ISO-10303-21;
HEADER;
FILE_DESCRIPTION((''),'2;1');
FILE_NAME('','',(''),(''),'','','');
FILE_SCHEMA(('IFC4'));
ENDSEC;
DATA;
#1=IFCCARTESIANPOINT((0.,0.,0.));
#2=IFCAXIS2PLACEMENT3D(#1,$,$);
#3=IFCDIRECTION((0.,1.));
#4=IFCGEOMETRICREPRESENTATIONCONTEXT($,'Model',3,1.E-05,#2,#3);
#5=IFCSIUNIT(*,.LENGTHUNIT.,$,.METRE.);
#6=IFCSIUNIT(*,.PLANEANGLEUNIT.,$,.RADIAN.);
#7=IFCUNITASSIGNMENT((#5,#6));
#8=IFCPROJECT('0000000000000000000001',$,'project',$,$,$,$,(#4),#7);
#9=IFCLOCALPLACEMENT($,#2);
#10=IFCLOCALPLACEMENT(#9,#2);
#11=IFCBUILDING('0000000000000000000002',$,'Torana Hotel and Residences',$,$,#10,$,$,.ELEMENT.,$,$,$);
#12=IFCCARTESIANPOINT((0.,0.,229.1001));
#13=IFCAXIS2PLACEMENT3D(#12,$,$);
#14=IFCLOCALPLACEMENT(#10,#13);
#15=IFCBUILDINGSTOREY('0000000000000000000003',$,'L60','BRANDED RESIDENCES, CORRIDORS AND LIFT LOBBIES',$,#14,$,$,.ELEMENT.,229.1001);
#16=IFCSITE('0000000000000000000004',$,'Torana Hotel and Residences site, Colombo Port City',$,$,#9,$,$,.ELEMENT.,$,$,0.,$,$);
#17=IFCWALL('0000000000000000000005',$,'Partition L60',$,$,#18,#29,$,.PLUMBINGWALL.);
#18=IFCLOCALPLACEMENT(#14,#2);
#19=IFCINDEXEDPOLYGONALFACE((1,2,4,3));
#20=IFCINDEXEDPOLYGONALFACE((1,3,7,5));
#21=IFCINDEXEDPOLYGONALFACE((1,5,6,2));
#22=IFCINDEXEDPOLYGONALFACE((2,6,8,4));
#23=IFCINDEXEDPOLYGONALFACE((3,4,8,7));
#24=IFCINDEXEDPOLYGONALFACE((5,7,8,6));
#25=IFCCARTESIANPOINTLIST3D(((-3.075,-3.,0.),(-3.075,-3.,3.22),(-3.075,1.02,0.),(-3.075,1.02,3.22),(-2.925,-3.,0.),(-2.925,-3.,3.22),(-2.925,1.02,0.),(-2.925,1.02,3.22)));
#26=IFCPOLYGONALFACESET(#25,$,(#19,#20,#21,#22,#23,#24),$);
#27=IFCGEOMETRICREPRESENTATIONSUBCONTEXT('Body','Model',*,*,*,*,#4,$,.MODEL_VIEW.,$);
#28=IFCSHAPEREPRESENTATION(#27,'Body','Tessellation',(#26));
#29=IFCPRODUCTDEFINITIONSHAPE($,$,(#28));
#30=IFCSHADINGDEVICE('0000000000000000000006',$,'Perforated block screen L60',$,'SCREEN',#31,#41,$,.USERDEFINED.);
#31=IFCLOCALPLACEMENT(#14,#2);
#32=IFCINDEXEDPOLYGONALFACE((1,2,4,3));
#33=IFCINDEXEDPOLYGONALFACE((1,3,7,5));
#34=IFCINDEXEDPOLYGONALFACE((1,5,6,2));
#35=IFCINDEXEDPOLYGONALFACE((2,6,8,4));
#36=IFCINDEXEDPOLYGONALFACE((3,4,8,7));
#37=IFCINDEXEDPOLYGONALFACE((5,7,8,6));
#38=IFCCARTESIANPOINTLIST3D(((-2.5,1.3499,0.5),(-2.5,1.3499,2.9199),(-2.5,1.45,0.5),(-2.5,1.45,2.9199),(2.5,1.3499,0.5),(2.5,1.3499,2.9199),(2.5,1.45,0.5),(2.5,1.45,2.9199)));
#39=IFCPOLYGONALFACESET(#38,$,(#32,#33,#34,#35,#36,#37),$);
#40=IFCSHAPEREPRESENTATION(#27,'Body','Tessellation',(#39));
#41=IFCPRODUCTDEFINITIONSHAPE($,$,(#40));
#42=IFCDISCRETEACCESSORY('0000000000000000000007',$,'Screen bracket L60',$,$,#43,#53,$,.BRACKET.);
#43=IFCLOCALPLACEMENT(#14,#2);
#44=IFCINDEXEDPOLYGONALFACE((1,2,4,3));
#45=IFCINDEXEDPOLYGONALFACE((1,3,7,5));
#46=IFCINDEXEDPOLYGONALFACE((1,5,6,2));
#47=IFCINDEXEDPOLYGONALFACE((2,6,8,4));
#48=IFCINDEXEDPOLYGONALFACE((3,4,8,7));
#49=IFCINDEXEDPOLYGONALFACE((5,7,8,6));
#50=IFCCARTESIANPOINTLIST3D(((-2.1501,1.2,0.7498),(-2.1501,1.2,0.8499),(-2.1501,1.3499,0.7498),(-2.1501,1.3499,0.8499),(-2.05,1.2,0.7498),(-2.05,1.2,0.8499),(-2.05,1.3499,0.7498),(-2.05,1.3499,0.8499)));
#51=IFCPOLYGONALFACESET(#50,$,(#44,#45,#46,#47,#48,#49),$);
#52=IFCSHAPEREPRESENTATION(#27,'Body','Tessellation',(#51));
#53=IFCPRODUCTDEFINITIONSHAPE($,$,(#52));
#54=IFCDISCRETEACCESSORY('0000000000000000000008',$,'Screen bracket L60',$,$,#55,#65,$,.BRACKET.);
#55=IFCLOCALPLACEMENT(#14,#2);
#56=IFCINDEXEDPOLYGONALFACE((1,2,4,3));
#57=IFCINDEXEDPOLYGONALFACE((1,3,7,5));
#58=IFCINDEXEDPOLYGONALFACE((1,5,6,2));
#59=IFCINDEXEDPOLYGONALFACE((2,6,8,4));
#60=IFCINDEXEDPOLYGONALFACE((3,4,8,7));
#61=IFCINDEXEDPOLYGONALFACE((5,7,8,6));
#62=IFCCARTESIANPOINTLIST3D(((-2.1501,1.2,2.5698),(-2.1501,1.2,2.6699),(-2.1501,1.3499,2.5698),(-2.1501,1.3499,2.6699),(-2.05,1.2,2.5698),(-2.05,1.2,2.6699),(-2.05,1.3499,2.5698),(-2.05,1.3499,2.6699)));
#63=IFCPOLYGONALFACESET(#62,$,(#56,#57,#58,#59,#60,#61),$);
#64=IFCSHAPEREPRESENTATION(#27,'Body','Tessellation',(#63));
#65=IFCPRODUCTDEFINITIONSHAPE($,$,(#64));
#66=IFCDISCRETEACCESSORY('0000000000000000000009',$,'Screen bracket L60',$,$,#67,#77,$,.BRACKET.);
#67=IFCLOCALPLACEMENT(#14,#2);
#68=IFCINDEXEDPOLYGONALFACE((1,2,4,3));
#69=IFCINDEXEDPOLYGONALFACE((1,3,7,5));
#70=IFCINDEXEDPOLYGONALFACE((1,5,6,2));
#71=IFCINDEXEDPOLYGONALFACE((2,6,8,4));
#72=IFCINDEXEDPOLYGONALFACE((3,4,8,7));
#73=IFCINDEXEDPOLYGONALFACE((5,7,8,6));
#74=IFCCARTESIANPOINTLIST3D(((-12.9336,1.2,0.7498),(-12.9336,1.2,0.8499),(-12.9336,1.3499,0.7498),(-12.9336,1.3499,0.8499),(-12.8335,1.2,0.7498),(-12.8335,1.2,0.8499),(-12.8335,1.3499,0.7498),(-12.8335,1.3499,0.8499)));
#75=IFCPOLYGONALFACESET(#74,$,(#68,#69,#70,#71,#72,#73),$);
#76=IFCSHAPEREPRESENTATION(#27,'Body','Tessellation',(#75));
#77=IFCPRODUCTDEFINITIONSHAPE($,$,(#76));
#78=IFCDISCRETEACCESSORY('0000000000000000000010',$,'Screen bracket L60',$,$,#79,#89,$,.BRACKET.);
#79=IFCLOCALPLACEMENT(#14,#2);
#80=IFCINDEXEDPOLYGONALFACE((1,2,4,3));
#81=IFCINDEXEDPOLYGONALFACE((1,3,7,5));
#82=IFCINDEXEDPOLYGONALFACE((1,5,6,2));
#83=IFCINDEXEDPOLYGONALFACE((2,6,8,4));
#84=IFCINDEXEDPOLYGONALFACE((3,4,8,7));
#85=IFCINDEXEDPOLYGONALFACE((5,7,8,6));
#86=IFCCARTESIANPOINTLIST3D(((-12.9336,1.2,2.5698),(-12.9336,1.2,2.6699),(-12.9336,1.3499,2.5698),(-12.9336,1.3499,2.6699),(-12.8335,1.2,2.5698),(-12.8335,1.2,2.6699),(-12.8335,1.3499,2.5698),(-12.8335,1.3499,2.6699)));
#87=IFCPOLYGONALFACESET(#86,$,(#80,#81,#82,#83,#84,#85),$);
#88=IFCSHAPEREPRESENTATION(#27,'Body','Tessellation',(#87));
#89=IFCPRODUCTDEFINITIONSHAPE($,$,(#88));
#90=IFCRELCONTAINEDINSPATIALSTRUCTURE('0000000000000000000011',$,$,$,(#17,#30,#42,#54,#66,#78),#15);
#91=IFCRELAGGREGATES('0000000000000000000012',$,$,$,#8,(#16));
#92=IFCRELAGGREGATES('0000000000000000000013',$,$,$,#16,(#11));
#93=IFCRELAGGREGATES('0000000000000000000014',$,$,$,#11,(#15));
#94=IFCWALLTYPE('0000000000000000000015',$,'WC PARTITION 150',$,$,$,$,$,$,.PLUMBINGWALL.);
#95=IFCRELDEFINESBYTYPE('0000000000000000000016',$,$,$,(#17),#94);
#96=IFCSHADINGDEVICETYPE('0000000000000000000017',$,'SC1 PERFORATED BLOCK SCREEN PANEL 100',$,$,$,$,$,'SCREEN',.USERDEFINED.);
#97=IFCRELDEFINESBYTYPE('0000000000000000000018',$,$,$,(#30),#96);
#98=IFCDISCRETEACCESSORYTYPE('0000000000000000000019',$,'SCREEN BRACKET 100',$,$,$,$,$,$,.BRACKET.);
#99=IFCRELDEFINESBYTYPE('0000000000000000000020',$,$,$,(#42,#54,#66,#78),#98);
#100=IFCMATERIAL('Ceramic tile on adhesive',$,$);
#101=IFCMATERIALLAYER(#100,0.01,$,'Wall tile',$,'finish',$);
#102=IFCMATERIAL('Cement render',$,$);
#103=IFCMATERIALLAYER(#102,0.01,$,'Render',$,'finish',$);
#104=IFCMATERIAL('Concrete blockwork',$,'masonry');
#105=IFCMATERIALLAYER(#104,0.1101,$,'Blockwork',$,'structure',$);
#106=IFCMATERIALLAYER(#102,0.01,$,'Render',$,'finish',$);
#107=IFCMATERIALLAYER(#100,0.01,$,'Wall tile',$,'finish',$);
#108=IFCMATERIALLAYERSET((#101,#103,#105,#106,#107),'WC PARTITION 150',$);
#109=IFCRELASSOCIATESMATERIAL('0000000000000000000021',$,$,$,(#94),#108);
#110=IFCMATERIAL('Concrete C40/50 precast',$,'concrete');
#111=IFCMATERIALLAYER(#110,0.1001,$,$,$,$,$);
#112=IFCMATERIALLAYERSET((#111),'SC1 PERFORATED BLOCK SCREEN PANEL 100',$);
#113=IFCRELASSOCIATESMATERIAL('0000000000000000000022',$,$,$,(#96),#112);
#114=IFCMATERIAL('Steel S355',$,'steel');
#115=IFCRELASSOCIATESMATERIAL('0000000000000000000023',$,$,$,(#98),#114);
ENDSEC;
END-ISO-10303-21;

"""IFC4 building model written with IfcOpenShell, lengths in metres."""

from ifc_helpers import new_model, si_unit, direction, frame, frame_2d, origin, origin_2d, place, context, subcontext, project, spatial, rectangle, extrude, material, layer, layer_set, type_object, element, save


model = new_model("IFC4")

# Units and contexts
model_context = context("Model", 3, precision=1e-05, world=origin(), true_north=direction((0.0, 1.0)))
body_context = subcontext(model_context, "Body", "Model", "MODEL_VIEW")
ifc_project = project(units=[si_unit("LENGTHUNIT", "METRE"), si_unit("PLANEANGLEUNIT", "RADIAN")], contexts=[model_context])

# Site, building, storey
site_placement = place(None, origin())
site = spatial("IfcSite", under=ifc_project, at=site_placement, Name="Torana Hotel and Residences site, Colombo Port City", CompositionType="ELEMENT", RefElevation=0.0)
building_placement = place(site_placement, origin())
building = spatial("IfcBuilding", under=site, at=building_placement, Name="Torana Hotel and Residences", CompositionType="ELEMENT")
storey_placement = place(building_placement, frame((0.0, 0.0, 229.1001)))
storey = spatial("IfcBuildingStorey", under=building, at=storey_placement, Name="L60", Description="BRANDED RESIDENCES, CORRIDORS AND LIFT LOBBIES", CompositionType="ELEMENT", Elevation=229.1001)

# Wall
ifc_material_1 = material(Name="Ceramic tile on adhesive")
ifc_layer_1 = layer(ifc_material_1, 0.01, Name="Wall tile", Category="finish")
ifc_material_2 = material(Name="Cement render")
ifc_layer_2 = layer(ifc_material_2, 0.01, Name="Render", Category="finish")
ifc_material_3 = material(Name="Concrete blockwork", Category="masonry")
ifc_layer_3 = layer(ifc_material_3, 0.1101, Name="Blockwork", Category="structure")
ifc_layer_4 = layer(ifc_material_2, 0.01, Name="Render", Category="finish")
ifc_layer_5 = layer(ifc_material_1, 0.01, Name="Wall tile", Category="finish")
ifc_layer_set_1 = layer_set([ifc_layer_1, ifc_layer_2, ifc_layer_3, ifc_layer_4, ifc_layer_5], Name="WC PARTITION 150")
wall_type_1 = type_object("IfcWallType", Name="WC PARTITION 150", PredefinedType="PLUMBINGWALL", material=ifc_layer_set_1)
for number, where, z_axis, x_axis, name in (
    (1, (-3.0, -3.0, 0.0), (0.0, 0.0, 1.0), (0.0, 1.0, 0.0), "Partition L60"),
):
    element("IfcWall", number, at=place(storey_placement, frame(where, z_axis=z_axis, x_axis=x_axis)), inside=storey, type_object=wall_type_1, Name=name, PredefinedType="PLUMBINGWALL", context=body_context, shape_type="SweptSolid", body=[
        extrude(rectangle(XDim=4.02, YDim=0.1499, at=frame_2d((2.01, 0.0))), origin(), (0.0, 0.0, 1.0), 3.22),
    ])

# Shading device
ifc_material_4 = material(Name="Concrete C40/50 precast", Category="concrete")
ifc_layer_6 = layer(ifc_material_4, 0.1001)
ifc_layer_set_2 = layer_set([ifc_layer_6], Name="SC1 PERFORATED BLOCK SCREEN PANEL 100")
shading_device_type = type_object("IfcShadingDeviceType", Name="SC1 PERFORATED BLOCK SCREEN PANEL 100", ElementType="SCREEN", PredefinedType="USERDEFINED", material=ifc_layer_set_2)
shading_device_placement = place(storey_placement, frame((0.0, 1.3999, 0.5), z_axis=(0.0, 0.0, 1.0), x_axis=(-1.0, 0.0, 0.0)))
element("IfcShadingDevice", 2, at=shading_device_placement, inside=storey, type_object=shading_device_type, Name="Perforated block screen L60", ObjectType="SCREEN", PredefinedType="USERDEFINED", context=body_context, shape_type="SweptSolid", body=[
    extrude(rectangle(XDim=5.0, YDim=0.1001, at=origin_2d()), origin(), (0.0, 0.0, 1.0), 2.4199),
])

# Discrete accessories
ifc_material_5 = material(Name="Steel S355", Category="steel")
discrete_accessory_type = type_object("IfcDiscreteAccessoryType", Name="SCREEN BRACKET 100", PredefinedType="BRACKET", material=ifc_material_5)
for number, where, z_axis, x_axis, name in (
    (3, (-2.1001, 1.2749, 0.7498), (0.0, 0.0, 1.0), (-1.0, 0.0, 0.0), "Screen bracket L60"),
    (4, (-2.1001, 1.2749, 2.5698), (0.0, 0.0, 1.0), (-1.0, 0.0, 0.0), "Screen bracket L60"),
    (5, (-12.8835, 1.2749, 0.7498), (0.0, 0.0, 1.0), (-1.0, 0.0, 0.0), "Screen bracket L60"),
    (6, (-12.8835, 1.2749, 2.5698), (0.0, 0.0, 1.0), (-1.0, 0.0, 0.0), "Screen bracket L60"),
):
    element("IfcDiscreteAccessory", number, at=place(storey_placement, frame(where, z_axis=z_axis, x_axis=x_axis)), inside=storey, type_object=discrete_accessory_type, Name=name, PredefinedType="BRACKET", context=body_context, shape_type="SweptSolid", body=[
        extrude(rectangle(XDim=0.1001, YDim=0.1499, at=origin_2d()), origin(), (0.0, 0.0, 1.0), 0.1001),
    ])

save(model, "model.ifc")
